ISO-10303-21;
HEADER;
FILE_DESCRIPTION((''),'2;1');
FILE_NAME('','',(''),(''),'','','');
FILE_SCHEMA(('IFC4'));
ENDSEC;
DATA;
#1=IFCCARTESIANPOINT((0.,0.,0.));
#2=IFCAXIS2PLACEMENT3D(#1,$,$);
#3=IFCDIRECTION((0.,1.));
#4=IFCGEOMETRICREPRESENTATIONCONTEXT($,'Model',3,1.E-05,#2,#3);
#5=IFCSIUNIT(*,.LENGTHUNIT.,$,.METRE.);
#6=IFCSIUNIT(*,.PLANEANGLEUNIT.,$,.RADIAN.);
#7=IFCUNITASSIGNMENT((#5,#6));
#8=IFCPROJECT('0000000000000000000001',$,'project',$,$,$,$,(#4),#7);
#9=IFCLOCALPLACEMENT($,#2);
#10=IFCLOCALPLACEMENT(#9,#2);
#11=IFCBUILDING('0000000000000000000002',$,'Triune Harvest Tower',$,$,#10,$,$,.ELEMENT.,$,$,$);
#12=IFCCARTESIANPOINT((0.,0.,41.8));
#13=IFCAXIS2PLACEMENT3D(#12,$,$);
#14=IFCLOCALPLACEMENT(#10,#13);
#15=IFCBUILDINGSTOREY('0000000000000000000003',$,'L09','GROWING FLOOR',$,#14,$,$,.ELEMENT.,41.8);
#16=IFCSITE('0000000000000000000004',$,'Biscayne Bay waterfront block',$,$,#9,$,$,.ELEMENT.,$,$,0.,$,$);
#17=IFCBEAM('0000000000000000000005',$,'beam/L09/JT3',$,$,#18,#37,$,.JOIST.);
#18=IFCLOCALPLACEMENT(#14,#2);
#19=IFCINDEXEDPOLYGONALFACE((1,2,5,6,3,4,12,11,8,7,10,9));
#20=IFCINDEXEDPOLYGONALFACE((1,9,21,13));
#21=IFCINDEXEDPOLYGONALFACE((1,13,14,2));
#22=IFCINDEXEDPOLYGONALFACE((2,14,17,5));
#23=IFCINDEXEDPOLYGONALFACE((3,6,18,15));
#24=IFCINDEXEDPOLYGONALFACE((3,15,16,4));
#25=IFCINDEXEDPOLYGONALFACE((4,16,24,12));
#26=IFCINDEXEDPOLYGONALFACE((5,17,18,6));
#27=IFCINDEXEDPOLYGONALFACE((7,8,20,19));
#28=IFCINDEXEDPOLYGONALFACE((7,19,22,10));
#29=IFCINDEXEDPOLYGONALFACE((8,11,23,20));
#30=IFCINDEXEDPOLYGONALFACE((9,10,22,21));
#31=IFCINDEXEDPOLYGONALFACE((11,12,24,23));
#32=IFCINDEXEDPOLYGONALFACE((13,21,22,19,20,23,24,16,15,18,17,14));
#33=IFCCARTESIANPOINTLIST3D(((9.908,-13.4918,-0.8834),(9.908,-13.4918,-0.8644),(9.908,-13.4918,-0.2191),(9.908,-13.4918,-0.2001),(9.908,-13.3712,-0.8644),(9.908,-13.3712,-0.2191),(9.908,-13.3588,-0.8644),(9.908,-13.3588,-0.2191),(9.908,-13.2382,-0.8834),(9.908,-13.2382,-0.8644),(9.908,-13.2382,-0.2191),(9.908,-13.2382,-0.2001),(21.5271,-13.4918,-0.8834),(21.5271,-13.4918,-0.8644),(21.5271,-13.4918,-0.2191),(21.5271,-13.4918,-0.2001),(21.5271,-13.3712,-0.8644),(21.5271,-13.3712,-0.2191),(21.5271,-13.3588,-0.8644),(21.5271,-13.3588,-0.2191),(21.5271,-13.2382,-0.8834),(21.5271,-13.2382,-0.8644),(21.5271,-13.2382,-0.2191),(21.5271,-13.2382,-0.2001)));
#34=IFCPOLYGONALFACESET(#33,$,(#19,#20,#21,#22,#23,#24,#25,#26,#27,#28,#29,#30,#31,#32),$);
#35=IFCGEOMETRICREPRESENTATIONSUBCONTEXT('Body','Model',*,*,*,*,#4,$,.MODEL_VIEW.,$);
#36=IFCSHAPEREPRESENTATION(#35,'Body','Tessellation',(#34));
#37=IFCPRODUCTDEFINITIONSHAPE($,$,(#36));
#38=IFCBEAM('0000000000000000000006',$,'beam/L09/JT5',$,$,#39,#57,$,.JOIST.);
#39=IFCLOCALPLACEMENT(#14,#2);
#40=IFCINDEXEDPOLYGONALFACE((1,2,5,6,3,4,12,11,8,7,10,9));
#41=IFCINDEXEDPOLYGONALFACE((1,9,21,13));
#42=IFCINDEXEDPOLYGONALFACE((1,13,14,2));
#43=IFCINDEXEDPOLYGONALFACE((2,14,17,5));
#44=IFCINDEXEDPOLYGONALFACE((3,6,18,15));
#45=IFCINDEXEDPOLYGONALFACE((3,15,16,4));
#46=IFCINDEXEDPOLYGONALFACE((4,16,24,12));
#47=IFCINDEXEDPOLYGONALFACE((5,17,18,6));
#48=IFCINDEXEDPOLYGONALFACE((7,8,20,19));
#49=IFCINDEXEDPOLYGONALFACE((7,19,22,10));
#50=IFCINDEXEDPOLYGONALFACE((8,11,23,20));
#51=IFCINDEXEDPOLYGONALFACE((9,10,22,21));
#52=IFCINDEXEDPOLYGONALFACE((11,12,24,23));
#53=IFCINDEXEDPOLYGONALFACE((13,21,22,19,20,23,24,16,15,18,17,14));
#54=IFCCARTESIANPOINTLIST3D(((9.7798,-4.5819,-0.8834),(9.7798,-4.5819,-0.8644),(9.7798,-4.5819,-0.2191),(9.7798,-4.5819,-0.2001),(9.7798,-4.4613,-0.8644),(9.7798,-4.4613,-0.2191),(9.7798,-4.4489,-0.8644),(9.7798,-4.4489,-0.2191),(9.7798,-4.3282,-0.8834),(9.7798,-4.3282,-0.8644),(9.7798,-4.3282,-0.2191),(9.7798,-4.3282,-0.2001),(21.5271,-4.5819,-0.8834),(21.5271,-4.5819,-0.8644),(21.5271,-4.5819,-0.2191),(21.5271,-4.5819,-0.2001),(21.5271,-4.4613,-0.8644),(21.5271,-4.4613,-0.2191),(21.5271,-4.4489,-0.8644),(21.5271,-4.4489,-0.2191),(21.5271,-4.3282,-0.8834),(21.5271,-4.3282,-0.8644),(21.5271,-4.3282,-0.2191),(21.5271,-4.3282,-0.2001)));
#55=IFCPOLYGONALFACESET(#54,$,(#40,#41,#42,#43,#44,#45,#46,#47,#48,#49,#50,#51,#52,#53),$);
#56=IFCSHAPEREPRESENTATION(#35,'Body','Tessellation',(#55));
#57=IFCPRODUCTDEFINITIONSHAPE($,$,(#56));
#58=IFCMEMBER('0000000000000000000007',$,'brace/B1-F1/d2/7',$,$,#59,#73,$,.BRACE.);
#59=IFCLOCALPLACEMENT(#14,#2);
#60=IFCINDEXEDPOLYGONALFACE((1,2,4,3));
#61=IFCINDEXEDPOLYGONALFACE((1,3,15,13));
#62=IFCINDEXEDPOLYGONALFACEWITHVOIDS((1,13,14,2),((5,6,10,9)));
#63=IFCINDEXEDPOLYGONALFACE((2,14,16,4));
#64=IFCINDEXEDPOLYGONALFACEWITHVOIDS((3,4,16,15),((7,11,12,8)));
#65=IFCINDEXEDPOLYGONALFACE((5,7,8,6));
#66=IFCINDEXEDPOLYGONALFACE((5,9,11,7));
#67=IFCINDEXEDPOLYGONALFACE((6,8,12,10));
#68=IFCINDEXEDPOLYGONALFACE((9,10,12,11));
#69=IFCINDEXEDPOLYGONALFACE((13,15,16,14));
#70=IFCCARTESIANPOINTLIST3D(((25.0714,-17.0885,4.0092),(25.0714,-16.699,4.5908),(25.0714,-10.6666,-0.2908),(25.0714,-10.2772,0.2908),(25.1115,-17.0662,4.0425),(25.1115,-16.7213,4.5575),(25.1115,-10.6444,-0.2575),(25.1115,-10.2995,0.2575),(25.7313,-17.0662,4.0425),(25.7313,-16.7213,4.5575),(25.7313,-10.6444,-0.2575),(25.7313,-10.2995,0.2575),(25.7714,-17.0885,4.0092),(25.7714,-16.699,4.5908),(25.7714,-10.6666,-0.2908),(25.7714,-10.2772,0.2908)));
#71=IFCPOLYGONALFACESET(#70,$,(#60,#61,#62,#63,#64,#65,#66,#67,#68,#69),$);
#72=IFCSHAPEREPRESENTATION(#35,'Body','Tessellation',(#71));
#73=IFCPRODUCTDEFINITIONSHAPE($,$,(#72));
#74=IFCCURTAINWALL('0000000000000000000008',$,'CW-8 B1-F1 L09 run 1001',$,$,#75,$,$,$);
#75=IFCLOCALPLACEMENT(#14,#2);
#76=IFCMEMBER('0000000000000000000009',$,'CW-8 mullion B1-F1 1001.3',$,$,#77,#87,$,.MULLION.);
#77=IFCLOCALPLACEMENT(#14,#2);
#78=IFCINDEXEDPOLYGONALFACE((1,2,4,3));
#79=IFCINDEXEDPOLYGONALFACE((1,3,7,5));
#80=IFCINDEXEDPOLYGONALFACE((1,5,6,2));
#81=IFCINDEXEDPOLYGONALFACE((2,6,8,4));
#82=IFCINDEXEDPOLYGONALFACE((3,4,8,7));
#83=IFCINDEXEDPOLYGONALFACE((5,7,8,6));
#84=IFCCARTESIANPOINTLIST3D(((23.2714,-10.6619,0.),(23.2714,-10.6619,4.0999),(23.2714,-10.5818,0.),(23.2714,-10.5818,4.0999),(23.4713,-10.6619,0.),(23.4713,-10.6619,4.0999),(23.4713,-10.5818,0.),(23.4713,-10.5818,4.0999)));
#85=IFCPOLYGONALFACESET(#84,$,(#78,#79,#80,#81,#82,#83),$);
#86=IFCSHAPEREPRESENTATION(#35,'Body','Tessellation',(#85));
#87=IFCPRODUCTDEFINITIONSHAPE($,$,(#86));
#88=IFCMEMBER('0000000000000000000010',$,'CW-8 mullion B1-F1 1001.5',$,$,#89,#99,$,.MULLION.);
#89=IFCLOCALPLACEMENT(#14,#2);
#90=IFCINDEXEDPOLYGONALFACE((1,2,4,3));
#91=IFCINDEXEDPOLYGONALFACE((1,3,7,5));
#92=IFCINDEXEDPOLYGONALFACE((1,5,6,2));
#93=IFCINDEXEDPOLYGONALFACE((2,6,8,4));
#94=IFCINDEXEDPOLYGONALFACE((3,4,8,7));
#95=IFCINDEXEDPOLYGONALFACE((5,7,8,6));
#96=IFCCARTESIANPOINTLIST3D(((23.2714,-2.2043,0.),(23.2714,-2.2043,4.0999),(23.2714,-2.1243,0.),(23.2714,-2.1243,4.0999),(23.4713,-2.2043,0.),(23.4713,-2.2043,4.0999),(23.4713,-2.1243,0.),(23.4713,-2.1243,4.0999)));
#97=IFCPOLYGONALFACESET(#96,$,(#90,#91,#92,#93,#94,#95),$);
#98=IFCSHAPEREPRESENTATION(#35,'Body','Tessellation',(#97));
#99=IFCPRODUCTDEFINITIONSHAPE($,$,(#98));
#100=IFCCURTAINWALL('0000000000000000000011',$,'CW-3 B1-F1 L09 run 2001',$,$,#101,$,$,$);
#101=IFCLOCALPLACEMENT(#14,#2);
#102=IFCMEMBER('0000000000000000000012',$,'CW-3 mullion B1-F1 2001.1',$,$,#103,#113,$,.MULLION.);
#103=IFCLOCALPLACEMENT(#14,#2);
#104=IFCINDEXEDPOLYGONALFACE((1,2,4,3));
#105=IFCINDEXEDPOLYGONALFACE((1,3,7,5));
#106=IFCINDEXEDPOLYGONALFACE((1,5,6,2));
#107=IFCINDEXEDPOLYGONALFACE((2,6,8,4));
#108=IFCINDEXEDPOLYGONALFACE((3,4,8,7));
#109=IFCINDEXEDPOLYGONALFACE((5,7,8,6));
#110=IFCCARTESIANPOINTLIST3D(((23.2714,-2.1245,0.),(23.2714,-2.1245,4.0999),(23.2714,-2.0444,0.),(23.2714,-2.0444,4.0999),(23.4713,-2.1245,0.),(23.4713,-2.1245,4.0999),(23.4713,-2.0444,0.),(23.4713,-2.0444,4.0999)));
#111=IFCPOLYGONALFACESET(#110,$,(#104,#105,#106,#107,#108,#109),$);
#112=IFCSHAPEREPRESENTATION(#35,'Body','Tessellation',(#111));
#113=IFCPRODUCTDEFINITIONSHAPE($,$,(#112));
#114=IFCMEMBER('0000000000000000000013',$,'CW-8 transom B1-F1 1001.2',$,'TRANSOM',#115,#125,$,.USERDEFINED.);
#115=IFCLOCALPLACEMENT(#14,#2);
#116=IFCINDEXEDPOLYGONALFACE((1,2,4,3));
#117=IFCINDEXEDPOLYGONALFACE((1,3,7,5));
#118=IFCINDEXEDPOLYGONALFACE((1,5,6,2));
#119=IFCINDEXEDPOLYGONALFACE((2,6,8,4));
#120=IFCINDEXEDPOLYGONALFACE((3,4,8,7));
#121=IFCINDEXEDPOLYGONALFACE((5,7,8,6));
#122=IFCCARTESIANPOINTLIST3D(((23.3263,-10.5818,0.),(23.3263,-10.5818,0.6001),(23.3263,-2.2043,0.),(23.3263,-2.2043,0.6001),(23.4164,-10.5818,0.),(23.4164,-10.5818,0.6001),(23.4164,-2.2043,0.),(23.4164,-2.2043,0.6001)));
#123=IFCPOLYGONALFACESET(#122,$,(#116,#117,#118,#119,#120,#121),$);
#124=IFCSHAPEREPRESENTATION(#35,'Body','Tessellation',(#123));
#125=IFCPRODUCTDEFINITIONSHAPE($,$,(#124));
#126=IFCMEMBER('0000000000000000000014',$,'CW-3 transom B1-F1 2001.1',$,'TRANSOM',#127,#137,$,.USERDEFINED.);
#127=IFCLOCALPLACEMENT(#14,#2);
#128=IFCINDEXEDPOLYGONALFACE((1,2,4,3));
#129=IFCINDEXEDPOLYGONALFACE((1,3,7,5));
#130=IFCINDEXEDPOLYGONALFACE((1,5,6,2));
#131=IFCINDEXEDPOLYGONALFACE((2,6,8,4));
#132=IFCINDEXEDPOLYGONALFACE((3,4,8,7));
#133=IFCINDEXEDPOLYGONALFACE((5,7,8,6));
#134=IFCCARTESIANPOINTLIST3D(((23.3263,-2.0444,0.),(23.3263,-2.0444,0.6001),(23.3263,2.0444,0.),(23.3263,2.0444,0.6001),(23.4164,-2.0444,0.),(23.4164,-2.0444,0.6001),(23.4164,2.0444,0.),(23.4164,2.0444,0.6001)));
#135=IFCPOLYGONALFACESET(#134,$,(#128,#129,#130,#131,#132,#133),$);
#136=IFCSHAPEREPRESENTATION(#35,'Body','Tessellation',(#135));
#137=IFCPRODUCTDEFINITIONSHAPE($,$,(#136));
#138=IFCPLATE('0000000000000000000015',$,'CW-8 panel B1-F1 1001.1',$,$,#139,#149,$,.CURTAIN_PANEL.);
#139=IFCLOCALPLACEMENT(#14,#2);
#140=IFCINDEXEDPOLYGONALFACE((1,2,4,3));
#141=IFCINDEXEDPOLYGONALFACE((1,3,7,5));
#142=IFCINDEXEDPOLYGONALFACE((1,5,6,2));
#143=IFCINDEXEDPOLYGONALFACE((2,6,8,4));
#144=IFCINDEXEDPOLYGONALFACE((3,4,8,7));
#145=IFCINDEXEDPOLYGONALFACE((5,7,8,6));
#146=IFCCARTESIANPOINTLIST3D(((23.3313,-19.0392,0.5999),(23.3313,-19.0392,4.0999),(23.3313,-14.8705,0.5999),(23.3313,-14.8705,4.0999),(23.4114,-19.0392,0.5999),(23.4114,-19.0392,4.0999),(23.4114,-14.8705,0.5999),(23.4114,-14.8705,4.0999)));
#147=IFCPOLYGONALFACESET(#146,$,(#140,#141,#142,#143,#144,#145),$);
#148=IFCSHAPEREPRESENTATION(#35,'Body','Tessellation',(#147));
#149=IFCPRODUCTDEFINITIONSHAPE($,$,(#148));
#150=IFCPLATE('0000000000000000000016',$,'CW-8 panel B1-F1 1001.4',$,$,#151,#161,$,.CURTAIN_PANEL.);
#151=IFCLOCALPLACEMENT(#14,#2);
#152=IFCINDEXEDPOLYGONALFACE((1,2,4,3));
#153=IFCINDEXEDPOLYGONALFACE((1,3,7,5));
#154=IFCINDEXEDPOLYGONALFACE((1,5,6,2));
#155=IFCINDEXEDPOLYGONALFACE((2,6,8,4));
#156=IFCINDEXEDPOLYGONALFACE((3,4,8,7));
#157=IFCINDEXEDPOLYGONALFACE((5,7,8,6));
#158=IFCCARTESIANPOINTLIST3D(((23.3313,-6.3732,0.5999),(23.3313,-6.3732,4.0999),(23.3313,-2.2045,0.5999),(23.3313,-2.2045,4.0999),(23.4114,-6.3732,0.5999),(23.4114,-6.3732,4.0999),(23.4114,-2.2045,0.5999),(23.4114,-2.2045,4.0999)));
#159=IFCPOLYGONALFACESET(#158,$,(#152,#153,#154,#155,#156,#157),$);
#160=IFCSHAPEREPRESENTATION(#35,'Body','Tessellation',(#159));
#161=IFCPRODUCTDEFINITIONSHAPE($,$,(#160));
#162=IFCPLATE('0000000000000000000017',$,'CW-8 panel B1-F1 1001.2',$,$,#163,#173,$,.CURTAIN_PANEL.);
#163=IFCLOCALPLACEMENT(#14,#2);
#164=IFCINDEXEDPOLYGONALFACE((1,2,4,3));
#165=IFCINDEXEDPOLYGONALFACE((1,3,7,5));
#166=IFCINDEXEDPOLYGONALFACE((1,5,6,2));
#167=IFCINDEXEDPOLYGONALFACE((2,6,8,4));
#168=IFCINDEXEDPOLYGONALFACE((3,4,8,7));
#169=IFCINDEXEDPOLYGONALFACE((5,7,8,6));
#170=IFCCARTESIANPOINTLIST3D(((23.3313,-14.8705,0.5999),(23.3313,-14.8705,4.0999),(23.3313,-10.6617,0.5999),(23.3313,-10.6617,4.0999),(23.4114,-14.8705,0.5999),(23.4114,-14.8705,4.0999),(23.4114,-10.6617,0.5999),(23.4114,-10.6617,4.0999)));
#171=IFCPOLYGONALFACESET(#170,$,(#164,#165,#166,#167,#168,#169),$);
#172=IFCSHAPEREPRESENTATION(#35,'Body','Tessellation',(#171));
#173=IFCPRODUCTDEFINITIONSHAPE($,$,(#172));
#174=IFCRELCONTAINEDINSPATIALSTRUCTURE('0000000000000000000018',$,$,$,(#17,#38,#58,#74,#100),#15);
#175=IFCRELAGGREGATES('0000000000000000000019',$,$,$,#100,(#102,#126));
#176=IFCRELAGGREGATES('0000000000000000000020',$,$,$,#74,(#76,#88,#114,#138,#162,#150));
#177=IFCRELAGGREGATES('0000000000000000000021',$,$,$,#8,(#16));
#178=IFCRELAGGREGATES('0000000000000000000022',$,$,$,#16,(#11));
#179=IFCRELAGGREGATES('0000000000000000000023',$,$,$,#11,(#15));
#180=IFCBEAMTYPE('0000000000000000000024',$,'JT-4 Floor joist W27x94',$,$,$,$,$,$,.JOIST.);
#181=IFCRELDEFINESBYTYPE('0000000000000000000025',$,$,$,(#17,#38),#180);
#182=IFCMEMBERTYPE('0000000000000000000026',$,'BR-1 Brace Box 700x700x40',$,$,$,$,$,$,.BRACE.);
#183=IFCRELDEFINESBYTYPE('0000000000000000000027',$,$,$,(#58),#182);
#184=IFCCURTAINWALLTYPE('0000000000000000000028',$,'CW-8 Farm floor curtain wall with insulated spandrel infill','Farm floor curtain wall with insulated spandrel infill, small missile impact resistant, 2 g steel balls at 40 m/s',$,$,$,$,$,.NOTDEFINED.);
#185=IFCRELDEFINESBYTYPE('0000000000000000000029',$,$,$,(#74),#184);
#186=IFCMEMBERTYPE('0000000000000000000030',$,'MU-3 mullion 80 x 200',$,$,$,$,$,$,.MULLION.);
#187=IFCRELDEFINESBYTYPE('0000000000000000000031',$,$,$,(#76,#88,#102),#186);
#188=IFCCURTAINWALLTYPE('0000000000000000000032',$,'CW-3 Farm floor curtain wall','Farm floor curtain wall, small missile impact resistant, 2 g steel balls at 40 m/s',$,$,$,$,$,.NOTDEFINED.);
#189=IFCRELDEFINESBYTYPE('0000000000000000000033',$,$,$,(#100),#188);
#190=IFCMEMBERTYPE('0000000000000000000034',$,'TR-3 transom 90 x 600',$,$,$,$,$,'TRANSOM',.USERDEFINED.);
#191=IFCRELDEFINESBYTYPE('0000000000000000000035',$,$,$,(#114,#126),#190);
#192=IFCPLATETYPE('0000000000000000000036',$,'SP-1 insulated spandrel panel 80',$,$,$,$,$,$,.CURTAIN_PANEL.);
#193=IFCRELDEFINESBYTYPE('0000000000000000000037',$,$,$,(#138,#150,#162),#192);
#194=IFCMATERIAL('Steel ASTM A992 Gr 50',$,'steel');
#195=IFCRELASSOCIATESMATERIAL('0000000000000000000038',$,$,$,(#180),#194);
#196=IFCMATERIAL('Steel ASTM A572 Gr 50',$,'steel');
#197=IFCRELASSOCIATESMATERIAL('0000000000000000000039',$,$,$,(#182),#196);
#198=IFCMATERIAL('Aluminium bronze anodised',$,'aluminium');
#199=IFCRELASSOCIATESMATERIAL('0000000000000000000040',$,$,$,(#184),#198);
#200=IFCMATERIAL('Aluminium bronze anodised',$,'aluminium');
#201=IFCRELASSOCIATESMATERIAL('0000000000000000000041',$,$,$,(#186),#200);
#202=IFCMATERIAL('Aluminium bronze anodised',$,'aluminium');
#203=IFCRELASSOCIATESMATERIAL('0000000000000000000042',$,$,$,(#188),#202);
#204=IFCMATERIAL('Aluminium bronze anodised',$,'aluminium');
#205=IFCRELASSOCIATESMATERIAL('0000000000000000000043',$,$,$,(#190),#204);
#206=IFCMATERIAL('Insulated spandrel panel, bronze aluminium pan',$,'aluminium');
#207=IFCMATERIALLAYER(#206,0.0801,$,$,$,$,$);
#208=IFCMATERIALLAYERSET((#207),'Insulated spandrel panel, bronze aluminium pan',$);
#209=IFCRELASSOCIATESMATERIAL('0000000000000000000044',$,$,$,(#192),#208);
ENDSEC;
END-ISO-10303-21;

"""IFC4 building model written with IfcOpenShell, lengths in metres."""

from ifc_helpers import new_model, si_unit, direction, frame, origin, origin_2d, place, context, subcontext, project, spatial, rectangle, hollow_rectangle, i_section, extrude, source, transform, mapped, material, layer, layer_set, material_profile, profile_set, type_object, element, aggregate, save


model = new_model("IFC4")

# Units and contexts
model_context = context("Model", 3, precision=1e-05, world=origin(), true_north=direction((0.0, 1.0)))
body_context = subcontext(model_context, "Body", "Model", "MODEL_VIEW")
ifc_project = project(units=[si_unit("LENGTHUNIT", "METRE"), si_unit("PLANEANGLEUNIT", "RADIAN")], contexts=[model_context])

# Site, building, storey
site_placement = place(None, origin())
site = spatial("IfcSite", under=ifc_project, at=site_placement, Name="Biscayne Bay waterfront block", CompositionType="ELEMENT", RefElevation=0.0)
building_placement = place(site_placement, origin())
building = spatial("IfcBuilding", under=site, at=building_placement, Name="Triune Harvest Tower", CompositionType="ELEMENT")
storey_placement = place(building_placement, frame((0.0, 0.0, 41.8)))
storey = spatial("IfcBuildingStorey", under=building, at=storey_placement, Name="L09", Description="GROWING FLOOR", CompositionType="ELEMENT", Elevation=41.8)

# Beams
ifc_material_1 = material(Name="Steel ASTM A992 Gr 50", Category="steel")
ifc_material_profile_1 = material_profile(ifc_material_1, i_section(OverallWidth=0.2537, OverallDepth=0.6833, WebThickness=0.0125, FlangeThickness=0.019, at=origin_2d()), Name="W27x94")
ifc_profile_set_1 = profile_set([ifc_material_profile_1], Name="Steel ASTM A992 Gr 50")
beam_type_1 = type_object("IfcBeamType", Name="JT-4 Floor joist W27x94", PredefinedType="JOIST", material=ifc_profile_set_1)
shared_shape_1 = source(origin(), body_context, "Body", "SweptSolid", [
    extrude(i_section(OverallWidth=0.2537, OverallDepth=0.6833, WebThickness=0.0125, FlangeThickness=0.019, at=origin_2d()), origin(), (0.0, 0.0, 1.0), 11.6191),
])
beam_1_placement = place(storey_placement, frame((21.5271, -13.365, -0.5417), z_axis=(-1.0, 0.0, 0.0), x_axis=(0.0, -1.0, 0.0)))
element("IfcBeam", 1, at=beam_1_placement, inside=storey, type_object=beam_type_1, Name="beam/L09/JT3", PredefinedType="JOIST", context=body_context, shape_type="MappedRepresentation", body=[
    mapped(shared_shape_1, transform((0.0, 0.0, 0.0), scale=1.0)),
])
shared_shape_2 = source(origin(), body_context, "Body", "SweptSolid", [
    extrude(i_section(OverallWidth=0.2537, OverallDepth=0.6833, WebThickness=0.0125, FlangeThickness=0.019, at=origin_2d()), origin(), (0.0, 0.0, 1.0), 11.7473),
])
beam_2_placement = place(storey_placement, frame((21.5271, -4.4551, -0.5417), z_axis=(-1.0, 0.0, 0.0), x_axis=(0.0, -1.0, 0.0)))
element("IfcBeam", 2, at=beam_2_placement, inside=storey, type_object=beam_type_1, Name="beam/L09/JT5", PredefinedType="JOIST", context=body_context, shape_type="MappedRepresentation", body=[
    mapped(shared_shape_2, transform((0.0, 0.0, 0.0), scale=1.0)),
])

# Member
ifc_material_2 = material(Name="Steel ASTM A572 Gr 50", Category="steel")
ifc_material_profile_2 = material_profile(ifc_material_2, hollow_rectangle(XDim=0.7, YDim=0.7, WallThickness=0.04, at=origin_2d()), Name="Box 700x700x40")
ifc_profile_set_2 = profile_set([ifc_material_profile_2], Name="Steel ASTM A572 Gr 50")
member_type_1 = type_object("IfcMemberType", Name="BR-1 Brace Box 700x700x40", PredefinedType="BRACE", material=ifc_profile_set_2)
shared_shape_3 = source(origin(), body_context, "Body", "SweptSolid", [
    extrude(hollow_rectangle(XDim=0.7, YDim=0.7, WallThickness=0.04, at=origin_2d()), origin(), (0.0, 0.0, 1.0), 7.7285),
])
member_1_placement = place(storey_placement, frame((25.4214, -10.4719, 0.0), z_axis=(0.0, -0.830926, 0.556383), x_axis=(1.0, 0.0, 0.0)))
element("IfcMember", 3, at=member_1_placement, inside=storey, type_object=member_type_1, Name="brace/B1-F1/d2/7", PredefinedType="BRACE", context=body_context, shape_type="MappedRepresentation", body=[
    mapped(shared_shape_3, transform((0.0, 0.0, 0.0), scale=1.0)),
])

# Curtain wall, members
ifc_material_3 = material(Name="Aluminium bronze anodised", Category="aluminium")
curtain_wall_type_1 = type_object("IfcCurtainWallType", Name="CW-8 Farm floor curtain wall with insulated spandrel infill", Description="Farm floor curtain wall with insulated spandrel infill, small missile impact resistant, 2 g steel balls at 40 m/s", PredefinedType="NOTDEFINED", material=ifc_material_3)
curtain_wall_1_placement = place(storey_placement, origin())
curtain_wall_1 = element("IfcCurtainWall", 4, at=curtain_wall_1_placement, inside=storey, type_object=curtain_wall_type_1, Name="CW-8 B1-F1 L09 run 1001")
ifc_material_4 = material(Name="Aluminium bronze anodised", Category="aluminium")
ifc_material_profile_3 = material_profile(ifc_material_4, rectangle(XDim=0.2, YDim=0.0801, at=origin_2d()), Name="MU-3 mullion 80 x 200")
ifc_profile_set_3 = profile_set([ifc_material_profile_3], Name="Aluminium bronze anodised")
member_type_2 = type_object("IfcMemberType", Name="MU-3 mullion 80 x 200", PredefinedType="MULLION", material=ifc_profile_set_3)
shared_shape_4 = source(origin(), body_context, "Body", "SweptSolid", [
    extrude(rectangle(XDim=0.2, YDim=0.0801, at=origin_2d()), origin(), (0.0, 0.0, 1.0), 4.0999),
])
member_2_placement = place(storey_placement, frame((23.3713, -10.6218, 0.0), z_axis=(0.0, 0.0, 1.0), x_axis=(-1.0, 0.0, 0.0)))
member_2 = element("IfcMember", 5, at=member_2_placement, type_object=member_type_2, Name="CW-8 mullion B1-F1 1001.3", PredefinedType="MULLION", context=body_context, shape_type="MappedRepresentation", body=[
    mapped(shared_shape_4, transform((0.0, 0.0, 0.0), scale=1.0)),
])
member_3_placement = place(storey_placement, frame((23.3713, -2.1643, 0.0), z_axis=(0.0, 0.0, 1.0), x_axis=(-1.0, 0.0, 0.0)))
member_3 = element("IfcMember", 6, at=member_3_placement, type_object=member_type_2, Name="CW-8 mullion B1-F1 1001.5", PredefinedType="MULLION", context=body_context, shape_type="MappedRepresentation", body=[
    mapped(shared_shape_4, transform((0.0, 0.0, 0.0), scale=1.0)),
])

# Curtain wall, member
ifc_material_5 = material(Name="Aluminium bronze anodised", Category="aluminium")
curtain_wall_type_2 = type_object("IfcCurtainWallType", Name="CW-3 Farm floor curtain wall", Description="Farm floor curtain wall, small missile impact resistant, 2 g steel balls at 40 m/s", PredefinedType="NOTDEFINED", material=ifc_material_5)
curtain_wall_2_placement = place(storey_placement, origin())
curtain_wall_2 = element("IfcCurtainWall", 7, at=curtain_wall_2_placement, inside=storey, type_object=curtain_wall_type_2, Name="CW-3 B1-F1 L09 run 2001")
member_4_placement = place(storey_placement, frame((23.3713, -2.0845, 0.0), z_axis=(0.0, 0.0, 1.0), x_axis=(-1.0, 0.0, 0.0)))
member_4 = element("IfcMember", 8, at=member_4_placement, type_object=member_type_2, Name="CW-3 mullion B1-F1 2001.1", PredefinedType="MULLION", context=body_context, shape_type="MappedRepresentation", body=[
    mapped(shared_shape_4, transform((0.0, 0.0, 0.0), scale=1.0)),
])

# Members
ifc_material_6 = material(Name="Aluminium bronze anodised", Category="aluminium")
ifc_material_profile_4 = material_profile(ifc_material_6, rectangle(XDim=0.0901, YDim=0.6001, at=origin_2d()), Name="TR-3 transom 90 x 600")
ifc_profile_set_4 = profile_set([ifc_material_profile_4], Name="Aluminium bronze anodised")
member_type_3 = type_object("IfcMemberType", Name="TR-3 transom 90 x 600", ElementType="TRANSOM", PredefinedType="USERDEFINED", material=ifc_profile_set_4)
shared_shape_5 = source(origin(), body_context, "Body", "SweptSolid", [
    extrude(rectangle(XDim=0.0901, YDim=0.6001, at=origin_2d()), origin(), (0.0, 0.0, 1.0), 8.3774),
])
member_5_placement = place(storey_placement, frame((23.3713, -10.5818, 0.3), z_axis=(0.0, 1.0, 0.0), x_axis=(-1.0, 0.0, 0.0)))
member_5 = element("IfcMember", 9, at=member_5_placement, type_object=member_type_3, Name="CW-8 transom B1-F1 1001.2", ObjectType="TRANSOM", PredefinedType="USERDEFINED", context=body_context, shape_type="MappedRepresentation", body=[
    mapped(shared_shape_5, transform((0.0, 0.0, 0.0), scale=1.0)),
])
shared_shape_6 = source(origin(), body_context, "Body", "SweptSolid", [
    extrude(rectangle(XDim=0.0901, YDim=0.6001, at=origin_2d()), origin(), (0.0, 0.0, 1.0), 4.0889),
])
member_6_placement = place(storey_placement, frame((23.3713, -2.0444, 0.3), z_axis=(0.0, 1.0, 0.0), x_axis=(-1.0, 0.0, 0.0)))
member_6 = element("IfcMember", 10, at=member_6_placement, type_object=member_type_3, Name="CW-3 transom B1-F1 2001.1", ObjectType="TRANSOM", PredefinedType="USERDEFINED", context=body_context, shape_type="MappedRepresentation", body=[
    mapped(shared_shape_6, transform((0.0, 0.0, 0.0), scale=1.0)),
])
aggregate(curtain_wall_2, [member_4, member_6])

# Plates
ifc_material_7 = material(Name="Insulated spandrel panel, bronze aluminium pan", Category="aluminium")
ifc_layer_1 = layer(ifc_material_7, 0.0801)
ifc_layer_set_1 = layer_set([ifc_layer_1], Name="Insulated spandrel panel, bronze aluminium pan")
plate_type = type_object("IfcPlateType", Name="SP-1 insulated spandrel panel 80", PredefinedType="CURTAIN_PANEL", material=ifc_layer_set_1)
shared_shape_7 = source(origin(), body_context, "Body", "SweptSolid", [
    extrude(rectangle(XDim=4.1687, YDim=0.0801, at=origin_2d()), origin(), (0.0, 0.0, 1.0), 3.5),
])
plate_1_placement = place(storey_placement, frame((23.3713, -16.9548, 0.5999), z_axis=(0.0, 0.0, 1.0), x_axis=(0.0, 1.0, 0.0)))
plate_1 = element("IfcPlate", 11, at=plate_1_placement, type_object=plate_type, Name="CW-8 panel B1-F1 1001.1", PredefinedType="CURTAIN_PANEL", context=body_context, shape_type="MappedRepresentation", body=[
    mapped(shared_shape_7, transform((0.0, 0.0, 0.0), scale=1.0)),
])
plate_2_placement = place(storey_placement, frame((23.3713, -4.2888, 0.5999), z_axis=(0.0, 0.0, 1.0), x_axis=(0.0, 1.0, 0.0)))
plate_2 = element("IfcPlate", 12, at=plate_2_placement, type_object=plate_type, Name="CW-8 panel B1-F1 1001.4", PredefinedType="CURTAIN_PANEL", context=body_context, shape_type="MappedRepresentation", body=[
    mapped(shared_shape_7, transform((0.0, 0.0, 0.0), scale=1.0)),
])
shared_shape_8 = source(origin(), body_context, "Body", "SweptSolid", [
    extrude(rectangle(XDim=4.2087, YDim=0.0801, at=origin_2d()), origin(), (0.0, 0.0, 1.0), 3.5),
])
plate_3_placement = place(storey_placement, frame((23.3713, -12.7661, 0.5999), z_axis=(0.0, 0.0, 1.0), x_axis=(0.0, 1.0, 0.0)))
plate_3 = element("IfcPlate", 13, at=plate_3_placement, type_object=plate_type, Name="CW-8 panel B1-F1 1001.2", PredefinedType="CURTAIN_PANEL", context=body_context, shape_type="MappedRepresentation", body=[
    mapped(shared_shape_8, transform((0.0, 0.0, 0.0), scale=1.0)),
])
aggregate(curtain_wall_1, [member_2, member_3, member_5, plate_1, plate_3, plate_2])

save(model, "model.ifc")
